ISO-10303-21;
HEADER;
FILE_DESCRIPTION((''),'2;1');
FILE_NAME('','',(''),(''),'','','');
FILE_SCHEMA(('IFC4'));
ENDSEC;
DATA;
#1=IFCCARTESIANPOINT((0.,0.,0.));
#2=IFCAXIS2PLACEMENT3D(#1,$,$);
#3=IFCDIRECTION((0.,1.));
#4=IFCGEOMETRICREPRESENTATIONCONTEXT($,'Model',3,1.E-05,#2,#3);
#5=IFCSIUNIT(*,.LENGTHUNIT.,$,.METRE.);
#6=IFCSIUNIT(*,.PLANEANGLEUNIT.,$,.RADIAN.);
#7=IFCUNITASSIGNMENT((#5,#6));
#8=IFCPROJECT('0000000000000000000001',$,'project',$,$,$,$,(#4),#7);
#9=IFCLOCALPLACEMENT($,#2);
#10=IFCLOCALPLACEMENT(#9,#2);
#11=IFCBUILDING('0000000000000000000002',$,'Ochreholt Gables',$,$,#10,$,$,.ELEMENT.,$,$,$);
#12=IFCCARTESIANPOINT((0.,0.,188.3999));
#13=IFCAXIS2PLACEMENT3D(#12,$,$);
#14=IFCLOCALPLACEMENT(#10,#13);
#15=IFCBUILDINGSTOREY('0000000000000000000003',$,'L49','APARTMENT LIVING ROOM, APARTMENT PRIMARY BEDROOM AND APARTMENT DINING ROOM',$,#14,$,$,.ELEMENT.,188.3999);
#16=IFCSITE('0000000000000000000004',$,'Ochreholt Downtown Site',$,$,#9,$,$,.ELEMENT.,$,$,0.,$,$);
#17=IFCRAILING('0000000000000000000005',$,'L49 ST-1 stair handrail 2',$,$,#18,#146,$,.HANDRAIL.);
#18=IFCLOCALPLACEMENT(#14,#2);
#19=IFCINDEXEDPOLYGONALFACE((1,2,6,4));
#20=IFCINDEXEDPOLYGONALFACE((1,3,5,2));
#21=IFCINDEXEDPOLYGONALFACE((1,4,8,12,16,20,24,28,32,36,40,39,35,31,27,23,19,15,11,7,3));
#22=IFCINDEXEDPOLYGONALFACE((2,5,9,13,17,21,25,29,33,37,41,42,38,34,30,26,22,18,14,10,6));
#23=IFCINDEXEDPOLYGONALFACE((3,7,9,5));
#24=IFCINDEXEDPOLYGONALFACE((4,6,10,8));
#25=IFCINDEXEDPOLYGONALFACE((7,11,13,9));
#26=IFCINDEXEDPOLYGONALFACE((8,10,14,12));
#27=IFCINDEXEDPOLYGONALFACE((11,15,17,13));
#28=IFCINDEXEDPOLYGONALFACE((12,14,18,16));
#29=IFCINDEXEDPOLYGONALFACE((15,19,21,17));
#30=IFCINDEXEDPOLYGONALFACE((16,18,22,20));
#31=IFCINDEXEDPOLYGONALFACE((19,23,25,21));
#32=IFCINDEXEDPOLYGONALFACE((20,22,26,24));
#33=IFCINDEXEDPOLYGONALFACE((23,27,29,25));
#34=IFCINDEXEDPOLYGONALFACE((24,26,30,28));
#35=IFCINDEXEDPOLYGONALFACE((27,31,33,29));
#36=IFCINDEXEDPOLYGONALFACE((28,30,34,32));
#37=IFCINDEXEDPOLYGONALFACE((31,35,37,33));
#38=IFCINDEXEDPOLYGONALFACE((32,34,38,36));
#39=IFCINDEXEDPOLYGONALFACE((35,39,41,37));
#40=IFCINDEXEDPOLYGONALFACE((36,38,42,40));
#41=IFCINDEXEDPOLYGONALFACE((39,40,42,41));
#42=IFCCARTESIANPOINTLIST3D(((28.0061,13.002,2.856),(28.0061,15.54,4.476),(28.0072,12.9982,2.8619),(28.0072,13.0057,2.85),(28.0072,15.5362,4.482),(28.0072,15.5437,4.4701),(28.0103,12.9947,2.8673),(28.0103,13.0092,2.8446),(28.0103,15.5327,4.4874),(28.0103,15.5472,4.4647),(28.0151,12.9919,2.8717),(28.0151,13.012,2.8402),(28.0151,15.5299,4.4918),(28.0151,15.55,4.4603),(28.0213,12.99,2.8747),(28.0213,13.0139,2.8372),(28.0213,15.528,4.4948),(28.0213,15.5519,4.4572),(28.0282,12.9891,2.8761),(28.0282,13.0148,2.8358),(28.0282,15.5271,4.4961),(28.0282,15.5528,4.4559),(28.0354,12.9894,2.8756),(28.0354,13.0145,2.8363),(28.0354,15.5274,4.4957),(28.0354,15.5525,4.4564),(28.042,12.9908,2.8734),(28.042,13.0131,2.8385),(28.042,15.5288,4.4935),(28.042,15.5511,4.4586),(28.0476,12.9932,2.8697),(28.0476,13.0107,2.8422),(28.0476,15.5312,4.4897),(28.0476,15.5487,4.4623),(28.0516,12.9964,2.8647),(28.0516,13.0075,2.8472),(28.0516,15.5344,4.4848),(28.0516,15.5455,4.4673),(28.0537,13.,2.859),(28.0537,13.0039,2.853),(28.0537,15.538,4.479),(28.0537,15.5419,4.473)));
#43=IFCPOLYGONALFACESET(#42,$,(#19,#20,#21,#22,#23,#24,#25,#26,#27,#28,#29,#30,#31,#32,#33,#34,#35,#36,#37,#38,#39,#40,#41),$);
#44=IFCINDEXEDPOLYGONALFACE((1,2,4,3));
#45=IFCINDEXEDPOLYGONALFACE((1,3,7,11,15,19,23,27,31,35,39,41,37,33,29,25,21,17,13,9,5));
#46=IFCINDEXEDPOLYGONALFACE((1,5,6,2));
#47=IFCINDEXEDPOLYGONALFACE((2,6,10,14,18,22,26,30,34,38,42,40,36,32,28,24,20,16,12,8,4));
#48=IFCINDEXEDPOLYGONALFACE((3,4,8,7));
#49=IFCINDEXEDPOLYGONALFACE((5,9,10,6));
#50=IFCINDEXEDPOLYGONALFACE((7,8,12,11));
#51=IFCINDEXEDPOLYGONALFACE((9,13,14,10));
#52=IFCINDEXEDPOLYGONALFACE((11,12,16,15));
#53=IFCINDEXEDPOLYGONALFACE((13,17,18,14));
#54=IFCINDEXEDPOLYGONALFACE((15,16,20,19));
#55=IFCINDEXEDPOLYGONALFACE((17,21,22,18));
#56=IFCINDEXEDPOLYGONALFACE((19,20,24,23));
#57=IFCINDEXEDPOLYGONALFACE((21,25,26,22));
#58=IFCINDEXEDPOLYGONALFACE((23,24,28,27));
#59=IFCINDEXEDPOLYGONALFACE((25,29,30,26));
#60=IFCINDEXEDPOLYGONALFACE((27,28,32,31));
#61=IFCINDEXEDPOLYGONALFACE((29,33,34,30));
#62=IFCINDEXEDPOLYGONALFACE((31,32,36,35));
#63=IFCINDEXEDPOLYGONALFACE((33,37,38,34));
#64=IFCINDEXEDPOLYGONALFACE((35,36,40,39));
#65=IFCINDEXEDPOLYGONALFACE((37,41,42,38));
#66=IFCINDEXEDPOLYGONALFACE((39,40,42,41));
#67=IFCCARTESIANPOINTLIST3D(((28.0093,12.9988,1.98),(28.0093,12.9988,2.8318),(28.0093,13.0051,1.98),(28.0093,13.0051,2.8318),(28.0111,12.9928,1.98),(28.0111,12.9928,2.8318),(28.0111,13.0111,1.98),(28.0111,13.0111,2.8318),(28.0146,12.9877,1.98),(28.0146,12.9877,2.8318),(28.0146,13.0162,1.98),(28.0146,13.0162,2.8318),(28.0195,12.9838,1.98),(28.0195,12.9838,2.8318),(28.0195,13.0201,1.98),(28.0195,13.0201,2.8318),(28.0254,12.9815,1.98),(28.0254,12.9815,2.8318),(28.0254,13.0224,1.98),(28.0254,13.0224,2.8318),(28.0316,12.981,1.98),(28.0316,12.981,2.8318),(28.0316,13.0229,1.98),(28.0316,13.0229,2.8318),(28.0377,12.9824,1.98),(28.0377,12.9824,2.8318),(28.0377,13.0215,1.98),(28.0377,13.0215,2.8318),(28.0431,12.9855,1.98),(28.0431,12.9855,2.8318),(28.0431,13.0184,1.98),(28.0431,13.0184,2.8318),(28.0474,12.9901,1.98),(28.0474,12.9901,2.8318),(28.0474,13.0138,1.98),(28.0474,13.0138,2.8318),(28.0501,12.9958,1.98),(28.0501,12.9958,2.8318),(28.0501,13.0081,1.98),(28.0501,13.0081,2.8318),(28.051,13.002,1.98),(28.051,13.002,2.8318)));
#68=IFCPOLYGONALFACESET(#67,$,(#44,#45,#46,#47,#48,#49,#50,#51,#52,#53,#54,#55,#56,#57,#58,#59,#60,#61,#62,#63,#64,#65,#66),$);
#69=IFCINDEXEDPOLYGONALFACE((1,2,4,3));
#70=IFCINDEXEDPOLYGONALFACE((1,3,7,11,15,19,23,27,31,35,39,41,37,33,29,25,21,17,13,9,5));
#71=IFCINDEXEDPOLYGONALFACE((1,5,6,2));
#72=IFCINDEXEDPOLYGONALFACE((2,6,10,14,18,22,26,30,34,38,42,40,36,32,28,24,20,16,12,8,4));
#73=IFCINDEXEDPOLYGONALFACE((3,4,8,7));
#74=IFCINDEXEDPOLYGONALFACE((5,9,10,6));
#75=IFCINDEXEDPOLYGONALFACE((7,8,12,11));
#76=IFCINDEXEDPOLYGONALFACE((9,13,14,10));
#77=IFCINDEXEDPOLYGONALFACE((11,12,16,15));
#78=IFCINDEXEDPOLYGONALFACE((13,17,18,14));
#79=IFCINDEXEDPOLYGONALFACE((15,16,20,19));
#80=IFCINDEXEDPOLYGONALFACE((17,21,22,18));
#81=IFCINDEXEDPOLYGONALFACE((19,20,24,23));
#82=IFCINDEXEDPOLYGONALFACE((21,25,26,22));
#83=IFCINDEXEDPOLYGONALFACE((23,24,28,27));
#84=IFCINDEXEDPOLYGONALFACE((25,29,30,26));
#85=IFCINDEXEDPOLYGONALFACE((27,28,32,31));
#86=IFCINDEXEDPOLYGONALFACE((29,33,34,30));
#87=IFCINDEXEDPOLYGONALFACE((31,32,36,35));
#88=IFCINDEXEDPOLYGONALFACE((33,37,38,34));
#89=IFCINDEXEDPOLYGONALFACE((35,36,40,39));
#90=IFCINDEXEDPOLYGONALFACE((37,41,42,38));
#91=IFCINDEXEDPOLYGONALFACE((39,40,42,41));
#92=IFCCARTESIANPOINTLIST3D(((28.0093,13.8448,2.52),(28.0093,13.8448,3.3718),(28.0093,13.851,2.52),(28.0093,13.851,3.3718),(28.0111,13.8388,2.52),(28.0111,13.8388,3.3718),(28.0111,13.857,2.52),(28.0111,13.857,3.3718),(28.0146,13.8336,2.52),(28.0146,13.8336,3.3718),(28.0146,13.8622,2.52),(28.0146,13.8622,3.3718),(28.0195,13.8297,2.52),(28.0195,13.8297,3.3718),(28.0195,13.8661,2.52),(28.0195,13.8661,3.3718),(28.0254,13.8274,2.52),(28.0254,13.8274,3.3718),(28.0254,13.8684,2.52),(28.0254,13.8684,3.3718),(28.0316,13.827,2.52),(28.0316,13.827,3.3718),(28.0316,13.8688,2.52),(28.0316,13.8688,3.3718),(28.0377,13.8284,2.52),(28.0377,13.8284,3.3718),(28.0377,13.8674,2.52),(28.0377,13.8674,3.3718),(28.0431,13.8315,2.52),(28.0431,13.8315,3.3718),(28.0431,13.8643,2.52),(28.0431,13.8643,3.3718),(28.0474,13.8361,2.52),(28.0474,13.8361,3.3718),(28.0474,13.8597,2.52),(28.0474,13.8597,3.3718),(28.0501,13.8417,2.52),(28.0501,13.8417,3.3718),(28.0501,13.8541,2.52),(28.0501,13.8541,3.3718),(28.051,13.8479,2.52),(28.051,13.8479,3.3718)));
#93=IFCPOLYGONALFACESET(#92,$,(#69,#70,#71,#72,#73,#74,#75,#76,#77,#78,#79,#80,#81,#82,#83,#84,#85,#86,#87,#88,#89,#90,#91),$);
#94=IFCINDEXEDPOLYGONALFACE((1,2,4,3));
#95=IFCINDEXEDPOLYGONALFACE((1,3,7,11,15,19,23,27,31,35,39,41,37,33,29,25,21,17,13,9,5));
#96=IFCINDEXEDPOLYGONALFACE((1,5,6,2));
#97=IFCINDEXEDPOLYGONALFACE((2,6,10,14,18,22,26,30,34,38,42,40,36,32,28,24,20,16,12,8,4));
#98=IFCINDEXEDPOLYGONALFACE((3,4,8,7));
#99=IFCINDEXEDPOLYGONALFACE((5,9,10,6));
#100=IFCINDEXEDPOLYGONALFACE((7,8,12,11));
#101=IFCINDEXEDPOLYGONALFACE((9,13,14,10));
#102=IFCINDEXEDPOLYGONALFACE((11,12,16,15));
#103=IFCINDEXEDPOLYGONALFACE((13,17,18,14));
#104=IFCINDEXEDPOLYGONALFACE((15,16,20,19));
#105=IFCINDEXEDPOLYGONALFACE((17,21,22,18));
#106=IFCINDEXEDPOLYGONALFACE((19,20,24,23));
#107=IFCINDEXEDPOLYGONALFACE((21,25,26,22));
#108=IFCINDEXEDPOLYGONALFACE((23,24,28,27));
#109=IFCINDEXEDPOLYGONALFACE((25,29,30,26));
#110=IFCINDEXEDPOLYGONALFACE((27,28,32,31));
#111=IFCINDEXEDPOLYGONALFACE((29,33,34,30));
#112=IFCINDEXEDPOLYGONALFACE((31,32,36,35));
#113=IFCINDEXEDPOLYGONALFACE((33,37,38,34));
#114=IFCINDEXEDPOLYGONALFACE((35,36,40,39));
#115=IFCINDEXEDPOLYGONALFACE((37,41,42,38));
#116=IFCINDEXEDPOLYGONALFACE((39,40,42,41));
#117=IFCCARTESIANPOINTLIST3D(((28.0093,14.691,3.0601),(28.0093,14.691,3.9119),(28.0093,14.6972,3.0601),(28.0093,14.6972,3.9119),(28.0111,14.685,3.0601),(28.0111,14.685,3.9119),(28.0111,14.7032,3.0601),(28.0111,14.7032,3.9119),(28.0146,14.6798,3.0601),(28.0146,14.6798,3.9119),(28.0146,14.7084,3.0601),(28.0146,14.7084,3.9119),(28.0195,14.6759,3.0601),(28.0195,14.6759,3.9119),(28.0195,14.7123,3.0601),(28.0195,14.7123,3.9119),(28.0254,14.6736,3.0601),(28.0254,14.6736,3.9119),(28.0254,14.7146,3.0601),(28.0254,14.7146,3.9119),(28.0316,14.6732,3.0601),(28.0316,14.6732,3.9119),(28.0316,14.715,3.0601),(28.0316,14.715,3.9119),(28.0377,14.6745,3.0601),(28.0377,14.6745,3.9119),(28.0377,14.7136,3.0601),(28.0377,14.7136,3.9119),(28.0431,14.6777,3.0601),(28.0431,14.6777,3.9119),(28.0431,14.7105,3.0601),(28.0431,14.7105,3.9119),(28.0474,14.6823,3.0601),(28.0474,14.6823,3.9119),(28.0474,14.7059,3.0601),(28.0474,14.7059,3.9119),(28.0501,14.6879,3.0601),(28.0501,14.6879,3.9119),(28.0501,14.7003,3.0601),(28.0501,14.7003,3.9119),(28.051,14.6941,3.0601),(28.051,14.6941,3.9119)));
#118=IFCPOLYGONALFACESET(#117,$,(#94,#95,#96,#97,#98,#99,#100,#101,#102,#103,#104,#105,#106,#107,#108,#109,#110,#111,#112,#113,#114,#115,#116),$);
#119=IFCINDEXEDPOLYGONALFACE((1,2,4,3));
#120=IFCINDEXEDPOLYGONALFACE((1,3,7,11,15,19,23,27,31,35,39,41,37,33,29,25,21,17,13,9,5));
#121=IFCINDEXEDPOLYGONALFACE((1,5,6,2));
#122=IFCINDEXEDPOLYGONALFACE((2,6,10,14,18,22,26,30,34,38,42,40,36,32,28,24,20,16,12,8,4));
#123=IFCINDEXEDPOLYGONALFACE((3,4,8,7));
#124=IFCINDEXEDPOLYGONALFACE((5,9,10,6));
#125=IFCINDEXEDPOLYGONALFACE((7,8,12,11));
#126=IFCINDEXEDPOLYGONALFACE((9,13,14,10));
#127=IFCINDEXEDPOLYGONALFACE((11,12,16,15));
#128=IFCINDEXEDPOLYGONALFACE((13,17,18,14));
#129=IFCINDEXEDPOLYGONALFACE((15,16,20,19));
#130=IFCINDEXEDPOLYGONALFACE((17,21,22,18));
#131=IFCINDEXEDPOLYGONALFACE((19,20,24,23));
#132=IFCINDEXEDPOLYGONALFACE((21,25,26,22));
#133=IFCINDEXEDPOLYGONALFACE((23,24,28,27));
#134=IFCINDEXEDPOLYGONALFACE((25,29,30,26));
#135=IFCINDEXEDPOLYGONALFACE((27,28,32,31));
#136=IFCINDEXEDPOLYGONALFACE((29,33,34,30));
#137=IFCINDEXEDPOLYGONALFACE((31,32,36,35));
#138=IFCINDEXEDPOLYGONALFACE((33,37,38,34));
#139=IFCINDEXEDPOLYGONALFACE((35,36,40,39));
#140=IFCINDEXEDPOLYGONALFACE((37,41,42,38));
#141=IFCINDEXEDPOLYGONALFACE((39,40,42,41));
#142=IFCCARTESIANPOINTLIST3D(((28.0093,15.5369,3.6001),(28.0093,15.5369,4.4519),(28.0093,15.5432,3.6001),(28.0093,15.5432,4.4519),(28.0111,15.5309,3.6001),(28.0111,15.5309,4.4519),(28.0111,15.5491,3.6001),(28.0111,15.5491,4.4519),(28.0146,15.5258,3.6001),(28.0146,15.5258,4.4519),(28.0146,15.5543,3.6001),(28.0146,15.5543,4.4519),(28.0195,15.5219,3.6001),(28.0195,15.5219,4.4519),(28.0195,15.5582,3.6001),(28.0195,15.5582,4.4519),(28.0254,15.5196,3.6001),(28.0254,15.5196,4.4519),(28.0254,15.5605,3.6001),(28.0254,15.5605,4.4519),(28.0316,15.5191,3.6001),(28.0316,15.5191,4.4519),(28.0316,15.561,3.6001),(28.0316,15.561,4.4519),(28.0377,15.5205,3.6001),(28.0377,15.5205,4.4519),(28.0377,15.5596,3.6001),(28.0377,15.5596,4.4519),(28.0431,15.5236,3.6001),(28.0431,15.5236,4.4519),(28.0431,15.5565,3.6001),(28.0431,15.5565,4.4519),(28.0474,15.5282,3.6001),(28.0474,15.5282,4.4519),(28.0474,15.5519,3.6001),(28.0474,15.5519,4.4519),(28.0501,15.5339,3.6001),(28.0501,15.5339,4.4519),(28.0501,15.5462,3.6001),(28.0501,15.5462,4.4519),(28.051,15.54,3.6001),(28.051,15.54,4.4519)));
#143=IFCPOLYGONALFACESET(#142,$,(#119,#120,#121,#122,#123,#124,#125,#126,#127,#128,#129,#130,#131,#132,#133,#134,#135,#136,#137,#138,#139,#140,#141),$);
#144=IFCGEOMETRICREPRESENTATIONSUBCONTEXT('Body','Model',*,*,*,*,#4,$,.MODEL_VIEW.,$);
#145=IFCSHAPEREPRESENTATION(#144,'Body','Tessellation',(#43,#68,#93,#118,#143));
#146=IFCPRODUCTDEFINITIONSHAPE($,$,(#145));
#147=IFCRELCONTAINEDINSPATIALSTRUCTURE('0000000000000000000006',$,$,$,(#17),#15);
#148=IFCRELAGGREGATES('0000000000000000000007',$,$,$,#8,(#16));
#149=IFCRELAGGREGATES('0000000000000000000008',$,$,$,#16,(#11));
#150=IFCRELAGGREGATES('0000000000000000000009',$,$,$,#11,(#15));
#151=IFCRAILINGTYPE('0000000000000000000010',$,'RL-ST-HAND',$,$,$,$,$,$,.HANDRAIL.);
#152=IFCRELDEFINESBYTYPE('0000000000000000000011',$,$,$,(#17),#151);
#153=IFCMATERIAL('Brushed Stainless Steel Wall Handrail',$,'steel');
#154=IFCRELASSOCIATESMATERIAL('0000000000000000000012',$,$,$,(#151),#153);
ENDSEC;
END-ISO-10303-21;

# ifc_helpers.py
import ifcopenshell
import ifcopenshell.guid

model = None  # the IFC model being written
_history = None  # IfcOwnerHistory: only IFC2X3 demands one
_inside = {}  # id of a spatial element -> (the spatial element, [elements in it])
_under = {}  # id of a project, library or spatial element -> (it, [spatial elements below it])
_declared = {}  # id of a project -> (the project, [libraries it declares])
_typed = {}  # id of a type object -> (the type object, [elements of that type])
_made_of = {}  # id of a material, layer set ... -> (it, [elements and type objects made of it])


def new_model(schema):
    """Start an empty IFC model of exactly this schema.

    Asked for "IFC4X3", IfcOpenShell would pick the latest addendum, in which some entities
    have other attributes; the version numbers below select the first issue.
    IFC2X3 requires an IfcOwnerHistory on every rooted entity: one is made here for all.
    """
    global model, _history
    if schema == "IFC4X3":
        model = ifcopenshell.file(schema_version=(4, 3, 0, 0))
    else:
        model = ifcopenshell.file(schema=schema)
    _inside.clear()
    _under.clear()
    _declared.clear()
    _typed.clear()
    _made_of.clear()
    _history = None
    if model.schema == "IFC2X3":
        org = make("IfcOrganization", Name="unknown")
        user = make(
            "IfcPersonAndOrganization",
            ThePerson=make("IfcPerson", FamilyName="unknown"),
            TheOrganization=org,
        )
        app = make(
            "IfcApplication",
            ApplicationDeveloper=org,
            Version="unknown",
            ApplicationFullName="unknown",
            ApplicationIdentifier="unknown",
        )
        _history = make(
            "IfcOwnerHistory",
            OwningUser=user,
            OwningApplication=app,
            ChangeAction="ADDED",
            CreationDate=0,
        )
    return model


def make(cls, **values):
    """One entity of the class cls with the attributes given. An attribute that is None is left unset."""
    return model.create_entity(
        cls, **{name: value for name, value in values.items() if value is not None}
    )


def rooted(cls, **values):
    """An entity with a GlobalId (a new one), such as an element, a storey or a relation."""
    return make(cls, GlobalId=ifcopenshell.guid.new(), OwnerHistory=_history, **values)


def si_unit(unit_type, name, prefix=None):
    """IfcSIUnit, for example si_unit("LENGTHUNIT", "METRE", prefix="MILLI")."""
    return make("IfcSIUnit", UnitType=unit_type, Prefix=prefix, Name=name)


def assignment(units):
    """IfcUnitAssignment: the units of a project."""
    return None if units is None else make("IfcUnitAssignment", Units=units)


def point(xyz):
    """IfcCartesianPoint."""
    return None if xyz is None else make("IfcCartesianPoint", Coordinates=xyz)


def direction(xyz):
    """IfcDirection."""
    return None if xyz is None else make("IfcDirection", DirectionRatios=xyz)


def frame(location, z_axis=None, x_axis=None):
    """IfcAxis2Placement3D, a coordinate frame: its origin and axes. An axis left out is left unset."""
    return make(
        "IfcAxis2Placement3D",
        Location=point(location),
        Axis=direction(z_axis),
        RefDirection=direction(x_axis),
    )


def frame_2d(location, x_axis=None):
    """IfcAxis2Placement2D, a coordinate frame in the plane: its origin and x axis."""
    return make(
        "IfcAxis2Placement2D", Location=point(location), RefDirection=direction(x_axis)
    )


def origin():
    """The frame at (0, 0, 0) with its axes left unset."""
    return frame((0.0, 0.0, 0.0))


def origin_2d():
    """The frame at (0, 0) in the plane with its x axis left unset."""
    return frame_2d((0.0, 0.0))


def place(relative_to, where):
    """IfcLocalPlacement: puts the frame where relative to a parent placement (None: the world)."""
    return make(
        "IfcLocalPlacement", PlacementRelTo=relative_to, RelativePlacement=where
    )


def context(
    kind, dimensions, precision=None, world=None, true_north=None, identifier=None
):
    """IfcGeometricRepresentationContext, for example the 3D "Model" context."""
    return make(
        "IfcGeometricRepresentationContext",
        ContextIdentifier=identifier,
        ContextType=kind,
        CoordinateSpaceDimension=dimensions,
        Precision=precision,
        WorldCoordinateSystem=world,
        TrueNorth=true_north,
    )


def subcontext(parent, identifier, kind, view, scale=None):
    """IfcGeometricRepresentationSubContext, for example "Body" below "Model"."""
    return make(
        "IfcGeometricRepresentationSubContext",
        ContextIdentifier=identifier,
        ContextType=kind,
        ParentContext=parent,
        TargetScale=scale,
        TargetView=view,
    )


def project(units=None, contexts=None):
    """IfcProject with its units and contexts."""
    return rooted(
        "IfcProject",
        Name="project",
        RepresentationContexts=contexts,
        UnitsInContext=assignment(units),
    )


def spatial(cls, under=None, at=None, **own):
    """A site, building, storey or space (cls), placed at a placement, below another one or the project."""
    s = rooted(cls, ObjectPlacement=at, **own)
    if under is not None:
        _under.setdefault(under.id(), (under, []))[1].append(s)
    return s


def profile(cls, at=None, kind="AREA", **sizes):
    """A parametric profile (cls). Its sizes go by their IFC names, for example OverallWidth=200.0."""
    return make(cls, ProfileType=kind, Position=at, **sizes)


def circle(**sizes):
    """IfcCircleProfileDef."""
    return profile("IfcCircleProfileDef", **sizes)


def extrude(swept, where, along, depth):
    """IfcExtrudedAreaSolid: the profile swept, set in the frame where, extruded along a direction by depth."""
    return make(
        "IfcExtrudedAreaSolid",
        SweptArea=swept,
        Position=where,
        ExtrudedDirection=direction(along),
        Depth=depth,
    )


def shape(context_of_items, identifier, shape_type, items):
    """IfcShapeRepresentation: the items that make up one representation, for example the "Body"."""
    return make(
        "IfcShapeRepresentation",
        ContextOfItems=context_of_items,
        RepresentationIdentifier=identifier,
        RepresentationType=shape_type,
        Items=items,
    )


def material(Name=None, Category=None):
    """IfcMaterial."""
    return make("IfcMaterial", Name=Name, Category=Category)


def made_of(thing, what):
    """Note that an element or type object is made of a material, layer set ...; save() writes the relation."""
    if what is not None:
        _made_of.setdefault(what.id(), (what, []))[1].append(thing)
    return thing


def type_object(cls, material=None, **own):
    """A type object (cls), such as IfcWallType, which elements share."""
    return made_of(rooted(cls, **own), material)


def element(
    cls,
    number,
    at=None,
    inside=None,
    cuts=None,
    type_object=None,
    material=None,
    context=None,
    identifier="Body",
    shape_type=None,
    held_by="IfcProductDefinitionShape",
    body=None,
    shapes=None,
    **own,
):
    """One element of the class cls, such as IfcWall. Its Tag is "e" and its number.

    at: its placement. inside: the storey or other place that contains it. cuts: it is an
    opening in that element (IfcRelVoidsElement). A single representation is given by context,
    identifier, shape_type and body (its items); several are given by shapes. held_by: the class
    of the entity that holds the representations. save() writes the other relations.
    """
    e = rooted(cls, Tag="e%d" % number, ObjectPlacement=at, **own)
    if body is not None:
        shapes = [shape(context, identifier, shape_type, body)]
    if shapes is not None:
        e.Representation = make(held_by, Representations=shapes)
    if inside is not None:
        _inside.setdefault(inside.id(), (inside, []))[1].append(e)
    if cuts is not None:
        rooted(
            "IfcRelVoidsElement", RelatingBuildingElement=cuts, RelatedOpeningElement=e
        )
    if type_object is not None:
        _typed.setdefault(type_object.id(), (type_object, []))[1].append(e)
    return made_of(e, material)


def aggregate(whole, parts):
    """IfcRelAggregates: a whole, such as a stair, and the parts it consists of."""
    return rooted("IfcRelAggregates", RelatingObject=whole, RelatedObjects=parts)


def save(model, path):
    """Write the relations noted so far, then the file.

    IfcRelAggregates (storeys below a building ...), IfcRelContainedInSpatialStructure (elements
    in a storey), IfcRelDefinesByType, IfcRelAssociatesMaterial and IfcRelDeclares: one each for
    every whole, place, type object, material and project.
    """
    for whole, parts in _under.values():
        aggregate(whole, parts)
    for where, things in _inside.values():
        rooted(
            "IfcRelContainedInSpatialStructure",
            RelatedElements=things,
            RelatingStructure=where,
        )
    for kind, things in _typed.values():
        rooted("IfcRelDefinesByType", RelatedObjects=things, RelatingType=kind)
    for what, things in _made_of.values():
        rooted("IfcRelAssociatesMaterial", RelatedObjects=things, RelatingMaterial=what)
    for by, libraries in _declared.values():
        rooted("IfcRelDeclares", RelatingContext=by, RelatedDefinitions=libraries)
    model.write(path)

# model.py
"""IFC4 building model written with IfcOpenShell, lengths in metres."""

from ifc_helpers import new_model, si_unit, direction, frame, origin, origin_2d, place, context, subcontext, project, spatial, circle, extrude, material, type_object, element, save


model = new_model("IFC4")

# Units and contexts
model_context = context("Model", 3, precision=1e-05, world=origin(), true_north=direction((0.0, 1.0)))
body_context = subcontext(model_context, "Body", "Model", "MODEL_VIEW")
ifc_project = project(units=[si_unit("LENGTHUNIT", "METRE"), si_unit("PLANEANGLEUNIT", "RADIAN")], contexts=[model_context])

# Site, building, storey
site_placement = place(None, origin())
site = spatial("IfcSite", under=ifc_project, at=site_placement, Name="Ochreholt Downtown Site", CompositionType="ELEMENT", RefElevation=0.0)
building_placement = place(site_placement, origin())
building = spatial("IfcBuilding", under=site, at=building_placement, Name="Ochreholt Gables", CompositionType="ELEMENT")
storey_placement = place(building_placement, frame((0.0, 0.0, 188.3999)))
storey = spatial("IfcBuildingStorey", under=building, at=storey_placement, Name="L49", Description="APARTMENT LIVING ROOM, APARTMENT PRIMARY BEDROOM AND APARTMENT DINING ROOM", CompositionType="ELEMENT", Elevation=188.3999)

# Railing
ifc_material_1 = material(Name="Brushed Stainless Steel Wall Handrail", Category="steel")
railing_type_1 = type_object("IfcRailingType", Name="RL-ST-HAND", PredefinedType="HANDRAIL", material=ifc_material_1)
railing_1_placement = place(storey_placement, frame((28.03, 13.002, 1.98)))
element("IfcRailing", 1, at=railing_1_placement, inside=storey, type_object=railing_type_1, Name="L49 ST-1 stair handrail 2", PredefinedType="HANDRAIL", context=body_context, shape_type="SweptSolid", body=[
    extrude(circle(Radius=0.0239, at=origin_2d()), frame((0.0, 0.0, 0.876), z_axis=(0.0, 0.842913, 0.53805), x_axis=(-1.0, 0.0, 0.0)), (0.0, 0.0, 1.0), 3.011),
    extrude(circle(Radius=0.021, at=origin_2d()), origin(), (0.0, 0.0, 1.0), 0.8518),
    extrude(circle(Radius=0.021, at=origin_2d()), frame((0.0, 0.8459, 0.54)), (0.0, 0.0, 1.0), 0.8518),
    extrude(circle(Radius=0.021, at=origin_2d()), frame((0.0, 1.6921, 1.0801)), (0.0, 0.0, 1.0), 0.8518),
    extrude(circle(Radius=0.021, at=origin_2d()), frame((0.0, 2.5381, 1.6201)), (0.0, 0.0, 1.0), 0.8518),
])

save(model, "model.ifc")
